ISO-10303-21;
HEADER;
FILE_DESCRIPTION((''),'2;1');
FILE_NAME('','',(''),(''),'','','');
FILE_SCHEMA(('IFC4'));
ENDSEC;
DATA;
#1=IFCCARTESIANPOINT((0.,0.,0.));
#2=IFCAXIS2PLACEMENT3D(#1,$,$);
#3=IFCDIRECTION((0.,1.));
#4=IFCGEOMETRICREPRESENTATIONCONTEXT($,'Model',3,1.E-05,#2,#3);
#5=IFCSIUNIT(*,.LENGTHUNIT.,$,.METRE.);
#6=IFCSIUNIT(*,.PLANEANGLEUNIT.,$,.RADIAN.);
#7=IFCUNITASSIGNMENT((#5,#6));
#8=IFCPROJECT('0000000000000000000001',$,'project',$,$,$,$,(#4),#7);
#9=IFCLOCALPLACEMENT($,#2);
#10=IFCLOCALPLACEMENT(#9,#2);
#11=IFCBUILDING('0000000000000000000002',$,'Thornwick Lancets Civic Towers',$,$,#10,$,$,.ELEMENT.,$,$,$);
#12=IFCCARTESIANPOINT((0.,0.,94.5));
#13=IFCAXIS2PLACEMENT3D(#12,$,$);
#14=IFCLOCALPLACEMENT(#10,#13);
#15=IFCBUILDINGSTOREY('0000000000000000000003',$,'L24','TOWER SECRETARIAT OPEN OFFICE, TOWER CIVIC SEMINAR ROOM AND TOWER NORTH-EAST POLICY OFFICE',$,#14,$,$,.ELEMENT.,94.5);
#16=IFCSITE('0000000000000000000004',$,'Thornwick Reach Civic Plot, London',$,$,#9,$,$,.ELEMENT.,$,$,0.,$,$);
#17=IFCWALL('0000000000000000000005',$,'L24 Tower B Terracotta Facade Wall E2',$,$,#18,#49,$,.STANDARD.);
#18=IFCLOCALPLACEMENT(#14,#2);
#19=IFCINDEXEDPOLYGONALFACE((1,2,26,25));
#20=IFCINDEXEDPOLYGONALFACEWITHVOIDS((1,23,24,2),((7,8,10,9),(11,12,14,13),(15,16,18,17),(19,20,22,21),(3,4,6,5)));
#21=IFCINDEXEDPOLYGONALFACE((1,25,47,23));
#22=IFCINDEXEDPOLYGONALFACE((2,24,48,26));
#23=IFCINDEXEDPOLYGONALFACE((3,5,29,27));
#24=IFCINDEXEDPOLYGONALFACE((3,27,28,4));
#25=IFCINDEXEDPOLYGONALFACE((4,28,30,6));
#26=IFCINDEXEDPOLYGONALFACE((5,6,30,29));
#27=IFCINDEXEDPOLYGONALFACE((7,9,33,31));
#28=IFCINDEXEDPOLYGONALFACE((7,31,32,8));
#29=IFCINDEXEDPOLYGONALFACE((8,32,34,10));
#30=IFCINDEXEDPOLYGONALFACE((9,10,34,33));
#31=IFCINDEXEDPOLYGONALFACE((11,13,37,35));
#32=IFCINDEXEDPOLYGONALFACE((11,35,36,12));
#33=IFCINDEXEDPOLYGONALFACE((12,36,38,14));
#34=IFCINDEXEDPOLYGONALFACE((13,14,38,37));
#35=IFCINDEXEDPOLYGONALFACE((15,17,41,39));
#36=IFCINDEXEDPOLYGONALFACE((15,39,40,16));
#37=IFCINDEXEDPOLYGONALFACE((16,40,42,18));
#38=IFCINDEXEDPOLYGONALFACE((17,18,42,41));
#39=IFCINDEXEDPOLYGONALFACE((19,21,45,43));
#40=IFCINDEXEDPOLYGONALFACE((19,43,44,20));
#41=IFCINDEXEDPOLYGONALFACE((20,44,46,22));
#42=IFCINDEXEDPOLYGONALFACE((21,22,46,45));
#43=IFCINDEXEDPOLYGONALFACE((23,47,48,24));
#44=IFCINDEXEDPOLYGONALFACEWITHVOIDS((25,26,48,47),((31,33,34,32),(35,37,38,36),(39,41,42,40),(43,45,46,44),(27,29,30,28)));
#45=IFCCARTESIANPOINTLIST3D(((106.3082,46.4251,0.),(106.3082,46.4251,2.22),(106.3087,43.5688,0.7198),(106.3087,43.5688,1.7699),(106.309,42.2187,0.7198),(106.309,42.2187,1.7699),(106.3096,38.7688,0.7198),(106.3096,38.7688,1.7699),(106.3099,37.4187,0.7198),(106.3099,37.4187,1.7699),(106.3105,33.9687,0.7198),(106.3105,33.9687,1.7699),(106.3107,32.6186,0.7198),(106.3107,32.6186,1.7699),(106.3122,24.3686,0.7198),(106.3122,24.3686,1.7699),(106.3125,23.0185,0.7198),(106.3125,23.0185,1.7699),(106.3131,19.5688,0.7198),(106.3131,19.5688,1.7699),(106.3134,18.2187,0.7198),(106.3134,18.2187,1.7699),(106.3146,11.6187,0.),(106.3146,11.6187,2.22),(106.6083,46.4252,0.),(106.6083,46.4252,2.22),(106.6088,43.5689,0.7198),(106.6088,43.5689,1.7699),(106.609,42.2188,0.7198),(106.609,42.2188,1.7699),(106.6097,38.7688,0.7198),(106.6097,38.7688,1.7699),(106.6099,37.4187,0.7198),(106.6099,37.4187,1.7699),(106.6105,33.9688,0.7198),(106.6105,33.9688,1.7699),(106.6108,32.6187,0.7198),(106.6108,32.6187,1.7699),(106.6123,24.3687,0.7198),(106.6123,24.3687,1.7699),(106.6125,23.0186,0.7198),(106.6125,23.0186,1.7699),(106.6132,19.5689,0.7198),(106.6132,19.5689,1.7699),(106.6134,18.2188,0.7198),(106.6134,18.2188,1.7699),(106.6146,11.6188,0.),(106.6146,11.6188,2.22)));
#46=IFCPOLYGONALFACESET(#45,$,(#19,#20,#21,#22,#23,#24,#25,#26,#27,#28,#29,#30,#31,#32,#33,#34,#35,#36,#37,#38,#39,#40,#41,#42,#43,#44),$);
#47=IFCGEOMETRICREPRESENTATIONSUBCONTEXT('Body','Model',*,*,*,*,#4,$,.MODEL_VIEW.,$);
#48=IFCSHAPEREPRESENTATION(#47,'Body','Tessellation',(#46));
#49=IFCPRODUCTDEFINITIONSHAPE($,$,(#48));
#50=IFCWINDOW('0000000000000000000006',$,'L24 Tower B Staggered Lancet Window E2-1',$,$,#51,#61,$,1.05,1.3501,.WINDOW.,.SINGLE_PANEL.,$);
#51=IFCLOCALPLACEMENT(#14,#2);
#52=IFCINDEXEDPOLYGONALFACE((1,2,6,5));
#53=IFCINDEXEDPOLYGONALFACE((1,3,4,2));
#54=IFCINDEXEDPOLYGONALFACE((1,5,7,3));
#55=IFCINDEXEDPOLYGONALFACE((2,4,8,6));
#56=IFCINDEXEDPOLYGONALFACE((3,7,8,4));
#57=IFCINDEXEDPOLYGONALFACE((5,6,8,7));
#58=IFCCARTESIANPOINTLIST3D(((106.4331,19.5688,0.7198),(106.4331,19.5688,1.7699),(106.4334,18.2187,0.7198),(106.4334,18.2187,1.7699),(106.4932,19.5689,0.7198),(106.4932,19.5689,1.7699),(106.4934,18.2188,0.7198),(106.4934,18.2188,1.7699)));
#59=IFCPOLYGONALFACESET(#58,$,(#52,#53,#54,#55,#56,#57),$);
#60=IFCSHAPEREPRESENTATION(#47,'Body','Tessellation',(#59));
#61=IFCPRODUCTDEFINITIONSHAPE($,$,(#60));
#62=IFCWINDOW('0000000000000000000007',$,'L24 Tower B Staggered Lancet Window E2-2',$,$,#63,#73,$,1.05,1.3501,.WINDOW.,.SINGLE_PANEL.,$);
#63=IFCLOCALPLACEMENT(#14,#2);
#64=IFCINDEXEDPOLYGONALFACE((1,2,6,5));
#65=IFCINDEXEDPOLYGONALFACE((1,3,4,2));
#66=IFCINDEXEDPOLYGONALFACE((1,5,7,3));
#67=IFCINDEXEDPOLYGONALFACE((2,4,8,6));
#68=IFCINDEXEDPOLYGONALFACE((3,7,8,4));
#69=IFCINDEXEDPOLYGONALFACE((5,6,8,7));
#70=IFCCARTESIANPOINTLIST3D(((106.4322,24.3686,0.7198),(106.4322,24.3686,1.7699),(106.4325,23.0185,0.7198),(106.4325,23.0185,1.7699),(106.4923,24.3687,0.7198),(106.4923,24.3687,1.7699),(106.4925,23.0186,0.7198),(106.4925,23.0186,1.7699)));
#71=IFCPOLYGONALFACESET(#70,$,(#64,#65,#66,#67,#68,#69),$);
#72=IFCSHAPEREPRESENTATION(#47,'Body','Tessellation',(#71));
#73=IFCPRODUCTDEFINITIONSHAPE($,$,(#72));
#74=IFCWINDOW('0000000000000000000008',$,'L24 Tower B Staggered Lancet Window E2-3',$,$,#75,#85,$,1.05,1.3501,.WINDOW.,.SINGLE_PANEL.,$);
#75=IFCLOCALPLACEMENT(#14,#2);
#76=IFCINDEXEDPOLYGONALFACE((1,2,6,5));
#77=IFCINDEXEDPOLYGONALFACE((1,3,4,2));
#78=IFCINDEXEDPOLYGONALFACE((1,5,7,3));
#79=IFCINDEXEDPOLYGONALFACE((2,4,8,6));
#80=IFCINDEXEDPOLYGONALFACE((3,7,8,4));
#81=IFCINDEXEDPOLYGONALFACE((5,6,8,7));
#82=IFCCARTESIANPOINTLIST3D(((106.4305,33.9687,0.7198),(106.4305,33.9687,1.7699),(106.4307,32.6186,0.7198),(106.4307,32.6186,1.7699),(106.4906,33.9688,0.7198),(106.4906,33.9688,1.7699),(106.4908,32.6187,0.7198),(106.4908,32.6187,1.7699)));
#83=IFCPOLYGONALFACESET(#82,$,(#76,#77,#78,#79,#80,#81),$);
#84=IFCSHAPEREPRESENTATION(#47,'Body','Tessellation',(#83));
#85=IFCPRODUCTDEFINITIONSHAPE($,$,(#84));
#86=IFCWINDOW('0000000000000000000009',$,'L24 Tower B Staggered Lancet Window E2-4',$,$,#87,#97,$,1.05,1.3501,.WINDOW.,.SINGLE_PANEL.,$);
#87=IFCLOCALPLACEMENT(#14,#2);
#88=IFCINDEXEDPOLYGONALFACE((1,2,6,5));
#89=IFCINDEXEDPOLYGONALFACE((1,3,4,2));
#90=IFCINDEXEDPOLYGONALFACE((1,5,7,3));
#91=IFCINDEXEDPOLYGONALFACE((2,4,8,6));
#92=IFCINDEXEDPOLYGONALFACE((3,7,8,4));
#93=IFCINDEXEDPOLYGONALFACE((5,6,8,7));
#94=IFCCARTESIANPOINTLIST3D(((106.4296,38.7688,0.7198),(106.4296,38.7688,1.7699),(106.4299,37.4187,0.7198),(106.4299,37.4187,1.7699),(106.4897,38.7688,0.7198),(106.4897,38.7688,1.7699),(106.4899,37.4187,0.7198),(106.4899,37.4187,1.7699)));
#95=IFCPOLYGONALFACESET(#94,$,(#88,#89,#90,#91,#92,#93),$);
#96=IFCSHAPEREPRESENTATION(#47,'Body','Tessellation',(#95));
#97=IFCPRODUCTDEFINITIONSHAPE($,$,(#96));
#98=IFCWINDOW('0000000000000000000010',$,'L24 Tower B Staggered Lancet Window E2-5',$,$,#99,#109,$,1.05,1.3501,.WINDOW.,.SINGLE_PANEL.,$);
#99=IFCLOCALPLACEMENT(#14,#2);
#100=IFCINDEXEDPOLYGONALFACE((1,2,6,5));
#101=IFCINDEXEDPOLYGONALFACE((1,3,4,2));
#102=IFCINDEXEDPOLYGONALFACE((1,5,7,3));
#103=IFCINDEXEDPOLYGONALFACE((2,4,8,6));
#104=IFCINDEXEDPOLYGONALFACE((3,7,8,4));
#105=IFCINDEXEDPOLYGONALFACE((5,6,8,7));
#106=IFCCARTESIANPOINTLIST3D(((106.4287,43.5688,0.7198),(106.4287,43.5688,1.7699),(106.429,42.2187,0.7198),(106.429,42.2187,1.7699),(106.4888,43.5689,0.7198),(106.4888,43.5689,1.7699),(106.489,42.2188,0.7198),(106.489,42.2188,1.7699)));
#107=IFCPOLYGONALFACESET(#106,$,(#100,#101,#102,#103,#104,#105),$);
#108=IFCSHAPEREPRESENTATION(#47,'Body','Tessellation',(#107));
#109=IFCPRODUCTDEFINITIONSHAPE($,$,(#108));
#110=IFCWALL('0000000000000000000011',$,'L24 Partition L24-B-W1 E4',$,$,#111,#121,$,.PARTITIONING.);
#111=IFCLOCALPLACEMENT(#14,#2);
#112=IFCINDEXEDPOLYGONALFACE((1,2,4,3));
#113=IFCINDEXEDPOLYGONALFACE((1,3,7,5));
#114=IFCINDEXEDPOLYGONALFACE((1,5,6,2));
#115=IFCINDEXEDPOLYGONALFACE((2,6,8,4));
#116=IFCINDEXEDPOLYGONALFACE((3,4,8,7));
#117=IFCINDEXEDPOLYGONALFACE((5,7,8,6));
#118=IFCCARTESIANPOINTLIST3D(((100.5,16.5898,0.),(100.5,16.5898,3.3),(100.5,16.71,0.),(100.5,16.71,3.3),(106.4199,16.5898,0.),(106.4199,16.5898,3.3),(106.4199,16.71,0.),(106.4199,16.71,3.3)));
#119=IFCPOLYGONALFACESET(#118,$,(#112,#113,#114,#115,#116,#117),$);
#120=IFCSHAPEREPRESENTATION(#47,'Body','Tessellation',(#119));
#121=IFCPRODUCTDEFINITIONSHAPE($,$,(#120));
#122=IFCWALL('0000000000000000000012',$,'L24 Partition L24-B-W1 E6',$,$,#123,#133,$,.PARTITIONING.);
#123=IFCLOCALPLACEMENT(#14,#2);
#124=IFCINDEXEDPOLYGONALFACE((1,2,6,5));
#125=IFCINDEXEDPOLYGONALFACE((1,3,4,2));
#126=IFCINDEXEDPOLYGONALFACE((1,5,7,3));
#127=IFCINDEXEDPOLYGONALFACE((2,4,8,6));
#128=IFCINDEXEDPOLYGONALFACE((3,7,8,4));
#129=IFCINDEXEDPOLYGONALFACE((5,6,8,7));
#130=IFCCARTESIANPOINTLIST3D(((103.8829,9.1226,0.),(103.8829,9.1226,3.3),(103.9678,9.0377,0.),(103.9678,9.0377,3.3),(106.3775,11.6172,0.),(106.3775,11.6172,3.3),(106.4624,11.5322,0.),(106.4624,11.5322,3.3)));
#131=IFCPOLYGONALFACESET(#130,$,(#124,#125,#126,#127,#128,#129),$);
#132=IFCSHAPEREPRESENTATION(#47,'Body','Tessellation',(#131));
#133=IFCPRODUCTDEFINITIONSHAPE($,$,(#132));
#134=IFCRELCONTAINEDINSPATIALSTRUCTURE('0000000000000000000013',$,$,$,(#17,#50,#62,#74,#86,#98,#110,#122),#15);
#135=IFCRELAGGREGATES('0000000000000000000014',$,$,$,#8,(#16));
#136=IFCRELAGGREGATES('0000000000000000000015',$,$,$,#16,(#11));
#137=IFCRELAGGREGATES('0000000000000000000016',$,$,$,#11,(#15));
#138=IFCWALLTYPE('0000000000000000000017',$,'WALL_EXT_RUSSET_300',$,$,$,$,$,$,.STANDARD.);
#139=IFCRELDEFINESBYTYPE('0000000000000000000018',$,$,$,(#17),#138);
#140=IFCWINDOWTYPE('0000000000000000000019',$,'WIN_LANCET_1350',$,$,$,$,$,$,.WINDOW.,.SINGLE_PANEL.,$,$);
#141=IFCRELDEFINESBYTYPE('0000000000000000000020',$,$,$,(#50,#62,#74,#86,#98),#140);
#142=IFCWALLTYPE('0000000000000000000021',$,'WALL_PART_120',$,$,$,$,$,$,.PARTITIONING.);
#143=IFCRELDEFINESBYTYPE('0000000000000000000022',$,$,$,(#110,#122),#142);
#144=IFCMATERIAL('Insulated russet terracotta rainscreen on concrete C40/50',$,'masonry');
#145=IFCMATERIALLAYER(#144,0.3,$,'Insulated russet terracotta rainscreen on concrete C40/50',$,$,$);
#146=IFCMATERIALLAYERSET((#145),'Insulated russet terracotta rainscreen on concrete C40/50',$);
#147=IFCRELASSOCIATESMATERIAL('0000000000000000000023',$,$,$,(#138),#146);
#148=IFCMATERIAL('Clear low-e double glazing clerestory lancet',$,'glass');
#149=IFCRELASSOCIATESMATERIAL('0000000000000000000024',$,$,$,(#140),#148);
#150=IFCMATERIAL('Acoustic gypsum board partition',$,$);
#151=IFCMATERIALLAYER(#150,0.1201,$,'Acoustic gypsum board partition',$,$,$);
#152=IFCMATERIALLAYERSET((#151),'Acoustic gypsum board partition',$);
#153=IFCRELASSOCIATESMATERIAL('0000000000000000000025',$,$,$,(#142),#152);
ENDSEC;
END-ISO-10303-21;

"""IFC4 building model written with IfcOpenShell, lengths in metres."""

from ifc_helpers import new_model, si_unit, direction, frame, frame_2d, origin, place, context, subcontext, project, spatial, rectangle, extrude, material, layer, layer_set, type_object, element, fill, save


model = new_model("IFC4")

# Units and contexts
model_context = context("Model", 3, precision=1e-05, world=origin(), true_north=direction((0.0, 1.0)))
body_context = subcontext(model_context, "Body", "Model", "MODEL_VIEW")
ifc_project = project(units=[si_unit("LENGTHUNIT", "METRE"), si_unit("PLANEANGLEUNIT", "RADIAN")], contexts=[model_context])

# Site, building, storey
site_placement = place(None, origin())
site = spatial("IfcSite", under=ifc_project, at=site_placement, Name="Thornwick Reach Civic Plot, London", CompositionType="ELEMENT", RefElevation=0.0)
building_placement = place(site_placement, origin())
building = spatial("IfcBuilding", under=site, at=building_placement, Name="Thornwick Lancets Civic Towers", CompositionType="ELEMENT")
storey_placement = place(building_placement, frame((0.0, 0.0, 94.5)))
storey = spatial("IfcBuildingStorey", under=building, at=storey_placement, Name="L24", Description="TOWER SECRETARIAT OPEN OFFICE, TOWER CIVIC SEMINAR ROOM AND TOWER NORTH-EAST POLICY OFFICE", CompositionType="ELEMENT", Elevation=94.5)

# Wall, openings, windows
ifc_material_1 = material(Name="Insulated russet terracotta rainscreen on concrete C40/50", Category="masonry")
ifc_layer_1 = layer(ifc_material_1, 0.3, Name="Insulated russet terracotta rainscreen on concrete C40/50")
ifc_layer_set_1 = layer_set([ifc_layer_1], Name="Insulated russet terracotta rainscreen on concrete C40/50")
wall_type_1 = type_object("IfcWallType", Name="WALL_EXT_RUSSET_300", PredefinedType="STANDARD", material=ifc_layer_set_1)
wall_1_placement = place(storey_placement, frame((106.4646, 11.6187, 0.0), z_axis=(0.0, 0.0, 1.0), x_axis=(-0.000182, 1.0, 0.0)))
wall_1 = element("IfcWall", 1, at=wall_1_placement, inside=storey, type_object=wall_type_1, Name="L24 Tower B Terracotta Facade Wall E2", PredefinedType="STANDARD", context=body_context, shape_type="SweptSolid", body=[
    extrude(rectangle(XDim=34.8064, YDim=0.3, at=frame_2d((17.4033, 0.0))), origin(), (0.0, 0.0, 1.0), 2.22),
])
opening_1_placement = place(wall_1_placement, frame((6.6001, 0.0, 0.72)))
opening_1 = element("IfcOpeningElement", 2, at=opening_1_placement, cuts=wall_1, PredefinedType="OPENING", context=body_context, shape_type="SweptSolid", body=[
    extrude(rectangle(XDim=1.3501, YDim=1.05, at=frame_2d((0.675, 0.5249))), frame((0.0, 0.1602, 0.0), z_axis=(0.0, -1.0, 0.0), x_axis=(1.0, 0.0, 0.0)), (0.0, 0.0, 1.0), 0.3201),
])
opening_2_placement = place(wall_1_placement, frame((11.3999, 0.0, 0.72)))
opening_2 = element("IfcOpeningElement", 3, at=opening_2_placement, cuts=wall_1, PredefinedType="OPENING", context=body_context, shape_type="SweptSolid", body=[
    extrude(rectangle(XDim=1.3501, YDim=1.05, at=frame_2d((0.675, 0.5249))), frame((0.0, 0.1602, 0.0), z_axis=(0.0, -1.0, 0.0), x_axis=(1.0, 0.0, 0.0)), (0.0, 0.0, 1.0), 0.3201),
])
opening_3_placement = place(wall_1_placement, frame((21.0, 0.0, 0.72)))
opening_3 = element("IfcOpeningElement", 4, at=opening_3_placement, cuts=wall_1, PredefinedType="OPENING", context=body_context, shape_type="SweptSolid", body=[
    extrude(rectangle(XDim=1.3501, YDim=1.05, at=frame_2d((0.675, 0.5249))), frame((0.0, 0.1602, 0.0), z_axis=(0.0, -1.0, 0.0), x_axis=(1.0, 0.0, 0.0)), (0.0, 0.0, 1.0), 0.3201),
])
opening_4_placement = place(wall_1_placement, frame((25.8, 0.0, 0.72)))
opening_4 = element("IfcOpeningElement", 5, at=opening_4_placement, cuts=wall_1, PredefinedType="OPENING", context=body_context, shape_type="SweptSolid", body=[
    extrude(rectangle(XDim=1.3501, YDim=1.05, at=frame_2d((0.675, 0.5249))), frame((0.0, 0.1602, 0.0), z_axis=(0.0, -1.0, 0.0), x_axis=(1.0, 0.0, 0.0)), (0.0, 0.0, 1.0), 0.3201),
])
opening_5_placement = place(wall_1_placement, frame((30.6001, 0.0, 0.72)))
opening_5 = element("IfcOpeningElement", 6, at=opening_5_placement, cuts=wall_1, PredefinedType="OPENING", context=body_context, shape_type="SweptSolid", body=[
    extrude(rectangle(XDim=1.3501, YDim=1.05, at=frame_2d((0.675, 0.5249))), frame((0.0, 0.1602, 0.0), z_axis=(0.0, -1.0, 0.0), x_axis=(1.0, 0.0, 0.0)), (0.0, 0.0, 1.0), 0.3201),
])
ifc_material_2 = material(Name="Clear low-e double glazing clerestory lancet", Category="glass")
window_type = type_object("IfcWindowType", Name="WIN_LANCET_1350", PartitioningType="SINGLE_PANEL", PredefinedType="WINDOW", material=ifc_material_2)
window_1_placement = place(opening_1_placement, origin())
window_1 = element("IfcWindow", 7, at=window_1_placement, inside=storey, type_object=window_type, Name="L24 Tower B Staggered Lancet Window E2-1", OverallHeight=1.05, OverallWidth=1.3501, PartitioningType="SINGLE_PANEL", PredefinedType="WINDOW", context=body_context, shape_type="SweptSolid", body=[
    extrude(rectangle(XDim=1.3501, YDim=1.05, at=frame_2d((0.675, 0.5249))), frame((0.0, 0.03, 0.0), z_axis=(0.0, -1.0, 0.0), x_axis=(1.0, 0.0, 0.0)), (0.0, 0.0, 1.0), 0.0601),
])
fill(opening_1, window_1)
window_2_placement = place(opening_2_placement, origin())
window_2 = element("IfcWindow", 8, at=window_2_placement, inside=storey, type_object=window_type, Name="L24 Tower B Staggered Lancet Window E2-2", OverallHeight=1.05, OverallWidth=1.3501, PartitioningType="SINGLE_PANEL", PredefinedType="WINDOW", context=body_context, shape_type="SweptSolid", body=[
    extrude(rectangle(XDim=1.3501, YDim=1.05, at=frame_2d((0.675, 0.5249))), frame((0.0, 0.03, 0.0), z_axis=(0.0, -1.0, 0.0), x_axis=(1.0, 0.0, 0.0)), (0.0, 0.0, 1.0), 0.0601),
])
fill(opening_2, window_2)
window_3_placement = place(opening_3_placement, origin())
window_3 = element("IfcWindow", 9, at=window_3_placement, inside=storey, type_object=window_type, Name="L24 Tower B Staggered Lancet Window E2-3", OverallHeight=1.05, OverallWidth=1.3501, PartitioningType="SINGLE_PANEL", PredefinedType="WINDOW", context=body_context, shape_type="SweptSolid", body=[
    extrude(rectangle(XDim=1.3501, YDim=1.05, at=frame_2d((0.675, 0.5249))), frame((0.0, 0.03, 0.0), z_axis=(0.0, -1.0, 0.0), x_axis=(1.0, 0.0, 0.0)), (0.0, 0.0, 1.0), 0.0601),
])
fill(opening_3, window_3)
window_4_placement = place(opening_4_placement, origin())
window_4 = element("IfcWindow", 10, at=window_4_placement, inside=storey, type_object=window_type, Name="L24 Tower B Staggered Lancet Window E2-4", OverallHeight=1.05, OverallWidth=1.3501, PartitioningType="SINGLE_PANEL", PredefinedType="WINDOW", context=body_context, shape_type="SweptSolid", body=[
    extrude(rectangle(XDim=1.3501, YDim=1.05, at=frame_2d((0.675, 0.5249))), frame((0.0, 0.03, 0.0), z_axis=(0.0, -1.0, 0.0), x_axis=(1.0, 0.0, 0.0)), (0.0, 0.0, 1.0), 0.0601),
])
fill(opening_4, window_4)
window_5_placement = place(opening_5_placement, origin())
window_5 = element("IfcWindow", 11, at=window_5_placement, inside=storey, type_object=window_type, Name="L24 Tower B Staggered Lancet Window E2-5", OverallHeight=1.05, OverallWidth=1.3501, PartitioningType="SINGLE_PANEL", PredefinedType="WINDOW", context=body_context, shape_type="SweptSolid", body=[
    extrude(rectangle(XDim=1.3501, YDim=1.05, at=frame_2d((0.675, 0.5249))), frame((0.0, 0.03, 0.0), z_axis=(0.0, -1.0, 0.0), x_axis=(1.0, 0.0, 0.0)), (0.0, 0.0, 1.0), 0.0601),
])
fill(opening_5, window_5)

# Walls
ifc_material_3 = material(Name="Acoustic gypsum board partition")
ifc_layer_2 = layer(ifc_material_3, 0.1201, Name="Acoustic gypsum board partition")
ifc_layer_set_2 = layer_set([ifc_layer_2], Name="Acoustic gypsum board partition")
wall_type_2 = type_object("IfcWallType", Name="WALL_PART_120", PredefinedType="PARTITIONING", material=ifc_layer_set_2)
wall_2_placement = place(storey_placement, frame((100.5, 16.6499, 0.0), z_axis=(0.0, 0.0, 1.0), x_axis=(1.0, 0.0, 0.0)))
element("IfcWall", 12, at=wall_2_placement, inside=storey, type_object=wall_type_2, Name="L24 Partition L24-B-W1 E4", PredefinedType="PARTITIONING", context=body_context, shape_type="SweptSolid", body=[
    extrude(rectangle(XDim=5.9199, YDim=0.1201, at=frame_2d((2.96, 0.0))), origin(), (0.0, 0.0, 1.0), 3.3),
])
wall_3_placement = place(storey_placement, frame((106.4199, 11.5747, 0.0), z_axis=(0.0, 0.0, 1.0), x_axis=(-0.707107, -0.707107, 0.0)))
element("IfcWall", 13, at=wall_3_placement, inside=storey, type_object=wall_type_2, Name="L24 Partition L24-B-W1 E6", PredefinedType="PARTITIONING", context=body_context, shape_type="SweptSolid", body=[
    extrude(rectangle(XDim=3.5278, YDim=0.1201, at=frame_2d((1.7639, 0.0))), origin(), (0.0, 0.0, 1.0), 3.3),
])

save(model, "model.ifc")
